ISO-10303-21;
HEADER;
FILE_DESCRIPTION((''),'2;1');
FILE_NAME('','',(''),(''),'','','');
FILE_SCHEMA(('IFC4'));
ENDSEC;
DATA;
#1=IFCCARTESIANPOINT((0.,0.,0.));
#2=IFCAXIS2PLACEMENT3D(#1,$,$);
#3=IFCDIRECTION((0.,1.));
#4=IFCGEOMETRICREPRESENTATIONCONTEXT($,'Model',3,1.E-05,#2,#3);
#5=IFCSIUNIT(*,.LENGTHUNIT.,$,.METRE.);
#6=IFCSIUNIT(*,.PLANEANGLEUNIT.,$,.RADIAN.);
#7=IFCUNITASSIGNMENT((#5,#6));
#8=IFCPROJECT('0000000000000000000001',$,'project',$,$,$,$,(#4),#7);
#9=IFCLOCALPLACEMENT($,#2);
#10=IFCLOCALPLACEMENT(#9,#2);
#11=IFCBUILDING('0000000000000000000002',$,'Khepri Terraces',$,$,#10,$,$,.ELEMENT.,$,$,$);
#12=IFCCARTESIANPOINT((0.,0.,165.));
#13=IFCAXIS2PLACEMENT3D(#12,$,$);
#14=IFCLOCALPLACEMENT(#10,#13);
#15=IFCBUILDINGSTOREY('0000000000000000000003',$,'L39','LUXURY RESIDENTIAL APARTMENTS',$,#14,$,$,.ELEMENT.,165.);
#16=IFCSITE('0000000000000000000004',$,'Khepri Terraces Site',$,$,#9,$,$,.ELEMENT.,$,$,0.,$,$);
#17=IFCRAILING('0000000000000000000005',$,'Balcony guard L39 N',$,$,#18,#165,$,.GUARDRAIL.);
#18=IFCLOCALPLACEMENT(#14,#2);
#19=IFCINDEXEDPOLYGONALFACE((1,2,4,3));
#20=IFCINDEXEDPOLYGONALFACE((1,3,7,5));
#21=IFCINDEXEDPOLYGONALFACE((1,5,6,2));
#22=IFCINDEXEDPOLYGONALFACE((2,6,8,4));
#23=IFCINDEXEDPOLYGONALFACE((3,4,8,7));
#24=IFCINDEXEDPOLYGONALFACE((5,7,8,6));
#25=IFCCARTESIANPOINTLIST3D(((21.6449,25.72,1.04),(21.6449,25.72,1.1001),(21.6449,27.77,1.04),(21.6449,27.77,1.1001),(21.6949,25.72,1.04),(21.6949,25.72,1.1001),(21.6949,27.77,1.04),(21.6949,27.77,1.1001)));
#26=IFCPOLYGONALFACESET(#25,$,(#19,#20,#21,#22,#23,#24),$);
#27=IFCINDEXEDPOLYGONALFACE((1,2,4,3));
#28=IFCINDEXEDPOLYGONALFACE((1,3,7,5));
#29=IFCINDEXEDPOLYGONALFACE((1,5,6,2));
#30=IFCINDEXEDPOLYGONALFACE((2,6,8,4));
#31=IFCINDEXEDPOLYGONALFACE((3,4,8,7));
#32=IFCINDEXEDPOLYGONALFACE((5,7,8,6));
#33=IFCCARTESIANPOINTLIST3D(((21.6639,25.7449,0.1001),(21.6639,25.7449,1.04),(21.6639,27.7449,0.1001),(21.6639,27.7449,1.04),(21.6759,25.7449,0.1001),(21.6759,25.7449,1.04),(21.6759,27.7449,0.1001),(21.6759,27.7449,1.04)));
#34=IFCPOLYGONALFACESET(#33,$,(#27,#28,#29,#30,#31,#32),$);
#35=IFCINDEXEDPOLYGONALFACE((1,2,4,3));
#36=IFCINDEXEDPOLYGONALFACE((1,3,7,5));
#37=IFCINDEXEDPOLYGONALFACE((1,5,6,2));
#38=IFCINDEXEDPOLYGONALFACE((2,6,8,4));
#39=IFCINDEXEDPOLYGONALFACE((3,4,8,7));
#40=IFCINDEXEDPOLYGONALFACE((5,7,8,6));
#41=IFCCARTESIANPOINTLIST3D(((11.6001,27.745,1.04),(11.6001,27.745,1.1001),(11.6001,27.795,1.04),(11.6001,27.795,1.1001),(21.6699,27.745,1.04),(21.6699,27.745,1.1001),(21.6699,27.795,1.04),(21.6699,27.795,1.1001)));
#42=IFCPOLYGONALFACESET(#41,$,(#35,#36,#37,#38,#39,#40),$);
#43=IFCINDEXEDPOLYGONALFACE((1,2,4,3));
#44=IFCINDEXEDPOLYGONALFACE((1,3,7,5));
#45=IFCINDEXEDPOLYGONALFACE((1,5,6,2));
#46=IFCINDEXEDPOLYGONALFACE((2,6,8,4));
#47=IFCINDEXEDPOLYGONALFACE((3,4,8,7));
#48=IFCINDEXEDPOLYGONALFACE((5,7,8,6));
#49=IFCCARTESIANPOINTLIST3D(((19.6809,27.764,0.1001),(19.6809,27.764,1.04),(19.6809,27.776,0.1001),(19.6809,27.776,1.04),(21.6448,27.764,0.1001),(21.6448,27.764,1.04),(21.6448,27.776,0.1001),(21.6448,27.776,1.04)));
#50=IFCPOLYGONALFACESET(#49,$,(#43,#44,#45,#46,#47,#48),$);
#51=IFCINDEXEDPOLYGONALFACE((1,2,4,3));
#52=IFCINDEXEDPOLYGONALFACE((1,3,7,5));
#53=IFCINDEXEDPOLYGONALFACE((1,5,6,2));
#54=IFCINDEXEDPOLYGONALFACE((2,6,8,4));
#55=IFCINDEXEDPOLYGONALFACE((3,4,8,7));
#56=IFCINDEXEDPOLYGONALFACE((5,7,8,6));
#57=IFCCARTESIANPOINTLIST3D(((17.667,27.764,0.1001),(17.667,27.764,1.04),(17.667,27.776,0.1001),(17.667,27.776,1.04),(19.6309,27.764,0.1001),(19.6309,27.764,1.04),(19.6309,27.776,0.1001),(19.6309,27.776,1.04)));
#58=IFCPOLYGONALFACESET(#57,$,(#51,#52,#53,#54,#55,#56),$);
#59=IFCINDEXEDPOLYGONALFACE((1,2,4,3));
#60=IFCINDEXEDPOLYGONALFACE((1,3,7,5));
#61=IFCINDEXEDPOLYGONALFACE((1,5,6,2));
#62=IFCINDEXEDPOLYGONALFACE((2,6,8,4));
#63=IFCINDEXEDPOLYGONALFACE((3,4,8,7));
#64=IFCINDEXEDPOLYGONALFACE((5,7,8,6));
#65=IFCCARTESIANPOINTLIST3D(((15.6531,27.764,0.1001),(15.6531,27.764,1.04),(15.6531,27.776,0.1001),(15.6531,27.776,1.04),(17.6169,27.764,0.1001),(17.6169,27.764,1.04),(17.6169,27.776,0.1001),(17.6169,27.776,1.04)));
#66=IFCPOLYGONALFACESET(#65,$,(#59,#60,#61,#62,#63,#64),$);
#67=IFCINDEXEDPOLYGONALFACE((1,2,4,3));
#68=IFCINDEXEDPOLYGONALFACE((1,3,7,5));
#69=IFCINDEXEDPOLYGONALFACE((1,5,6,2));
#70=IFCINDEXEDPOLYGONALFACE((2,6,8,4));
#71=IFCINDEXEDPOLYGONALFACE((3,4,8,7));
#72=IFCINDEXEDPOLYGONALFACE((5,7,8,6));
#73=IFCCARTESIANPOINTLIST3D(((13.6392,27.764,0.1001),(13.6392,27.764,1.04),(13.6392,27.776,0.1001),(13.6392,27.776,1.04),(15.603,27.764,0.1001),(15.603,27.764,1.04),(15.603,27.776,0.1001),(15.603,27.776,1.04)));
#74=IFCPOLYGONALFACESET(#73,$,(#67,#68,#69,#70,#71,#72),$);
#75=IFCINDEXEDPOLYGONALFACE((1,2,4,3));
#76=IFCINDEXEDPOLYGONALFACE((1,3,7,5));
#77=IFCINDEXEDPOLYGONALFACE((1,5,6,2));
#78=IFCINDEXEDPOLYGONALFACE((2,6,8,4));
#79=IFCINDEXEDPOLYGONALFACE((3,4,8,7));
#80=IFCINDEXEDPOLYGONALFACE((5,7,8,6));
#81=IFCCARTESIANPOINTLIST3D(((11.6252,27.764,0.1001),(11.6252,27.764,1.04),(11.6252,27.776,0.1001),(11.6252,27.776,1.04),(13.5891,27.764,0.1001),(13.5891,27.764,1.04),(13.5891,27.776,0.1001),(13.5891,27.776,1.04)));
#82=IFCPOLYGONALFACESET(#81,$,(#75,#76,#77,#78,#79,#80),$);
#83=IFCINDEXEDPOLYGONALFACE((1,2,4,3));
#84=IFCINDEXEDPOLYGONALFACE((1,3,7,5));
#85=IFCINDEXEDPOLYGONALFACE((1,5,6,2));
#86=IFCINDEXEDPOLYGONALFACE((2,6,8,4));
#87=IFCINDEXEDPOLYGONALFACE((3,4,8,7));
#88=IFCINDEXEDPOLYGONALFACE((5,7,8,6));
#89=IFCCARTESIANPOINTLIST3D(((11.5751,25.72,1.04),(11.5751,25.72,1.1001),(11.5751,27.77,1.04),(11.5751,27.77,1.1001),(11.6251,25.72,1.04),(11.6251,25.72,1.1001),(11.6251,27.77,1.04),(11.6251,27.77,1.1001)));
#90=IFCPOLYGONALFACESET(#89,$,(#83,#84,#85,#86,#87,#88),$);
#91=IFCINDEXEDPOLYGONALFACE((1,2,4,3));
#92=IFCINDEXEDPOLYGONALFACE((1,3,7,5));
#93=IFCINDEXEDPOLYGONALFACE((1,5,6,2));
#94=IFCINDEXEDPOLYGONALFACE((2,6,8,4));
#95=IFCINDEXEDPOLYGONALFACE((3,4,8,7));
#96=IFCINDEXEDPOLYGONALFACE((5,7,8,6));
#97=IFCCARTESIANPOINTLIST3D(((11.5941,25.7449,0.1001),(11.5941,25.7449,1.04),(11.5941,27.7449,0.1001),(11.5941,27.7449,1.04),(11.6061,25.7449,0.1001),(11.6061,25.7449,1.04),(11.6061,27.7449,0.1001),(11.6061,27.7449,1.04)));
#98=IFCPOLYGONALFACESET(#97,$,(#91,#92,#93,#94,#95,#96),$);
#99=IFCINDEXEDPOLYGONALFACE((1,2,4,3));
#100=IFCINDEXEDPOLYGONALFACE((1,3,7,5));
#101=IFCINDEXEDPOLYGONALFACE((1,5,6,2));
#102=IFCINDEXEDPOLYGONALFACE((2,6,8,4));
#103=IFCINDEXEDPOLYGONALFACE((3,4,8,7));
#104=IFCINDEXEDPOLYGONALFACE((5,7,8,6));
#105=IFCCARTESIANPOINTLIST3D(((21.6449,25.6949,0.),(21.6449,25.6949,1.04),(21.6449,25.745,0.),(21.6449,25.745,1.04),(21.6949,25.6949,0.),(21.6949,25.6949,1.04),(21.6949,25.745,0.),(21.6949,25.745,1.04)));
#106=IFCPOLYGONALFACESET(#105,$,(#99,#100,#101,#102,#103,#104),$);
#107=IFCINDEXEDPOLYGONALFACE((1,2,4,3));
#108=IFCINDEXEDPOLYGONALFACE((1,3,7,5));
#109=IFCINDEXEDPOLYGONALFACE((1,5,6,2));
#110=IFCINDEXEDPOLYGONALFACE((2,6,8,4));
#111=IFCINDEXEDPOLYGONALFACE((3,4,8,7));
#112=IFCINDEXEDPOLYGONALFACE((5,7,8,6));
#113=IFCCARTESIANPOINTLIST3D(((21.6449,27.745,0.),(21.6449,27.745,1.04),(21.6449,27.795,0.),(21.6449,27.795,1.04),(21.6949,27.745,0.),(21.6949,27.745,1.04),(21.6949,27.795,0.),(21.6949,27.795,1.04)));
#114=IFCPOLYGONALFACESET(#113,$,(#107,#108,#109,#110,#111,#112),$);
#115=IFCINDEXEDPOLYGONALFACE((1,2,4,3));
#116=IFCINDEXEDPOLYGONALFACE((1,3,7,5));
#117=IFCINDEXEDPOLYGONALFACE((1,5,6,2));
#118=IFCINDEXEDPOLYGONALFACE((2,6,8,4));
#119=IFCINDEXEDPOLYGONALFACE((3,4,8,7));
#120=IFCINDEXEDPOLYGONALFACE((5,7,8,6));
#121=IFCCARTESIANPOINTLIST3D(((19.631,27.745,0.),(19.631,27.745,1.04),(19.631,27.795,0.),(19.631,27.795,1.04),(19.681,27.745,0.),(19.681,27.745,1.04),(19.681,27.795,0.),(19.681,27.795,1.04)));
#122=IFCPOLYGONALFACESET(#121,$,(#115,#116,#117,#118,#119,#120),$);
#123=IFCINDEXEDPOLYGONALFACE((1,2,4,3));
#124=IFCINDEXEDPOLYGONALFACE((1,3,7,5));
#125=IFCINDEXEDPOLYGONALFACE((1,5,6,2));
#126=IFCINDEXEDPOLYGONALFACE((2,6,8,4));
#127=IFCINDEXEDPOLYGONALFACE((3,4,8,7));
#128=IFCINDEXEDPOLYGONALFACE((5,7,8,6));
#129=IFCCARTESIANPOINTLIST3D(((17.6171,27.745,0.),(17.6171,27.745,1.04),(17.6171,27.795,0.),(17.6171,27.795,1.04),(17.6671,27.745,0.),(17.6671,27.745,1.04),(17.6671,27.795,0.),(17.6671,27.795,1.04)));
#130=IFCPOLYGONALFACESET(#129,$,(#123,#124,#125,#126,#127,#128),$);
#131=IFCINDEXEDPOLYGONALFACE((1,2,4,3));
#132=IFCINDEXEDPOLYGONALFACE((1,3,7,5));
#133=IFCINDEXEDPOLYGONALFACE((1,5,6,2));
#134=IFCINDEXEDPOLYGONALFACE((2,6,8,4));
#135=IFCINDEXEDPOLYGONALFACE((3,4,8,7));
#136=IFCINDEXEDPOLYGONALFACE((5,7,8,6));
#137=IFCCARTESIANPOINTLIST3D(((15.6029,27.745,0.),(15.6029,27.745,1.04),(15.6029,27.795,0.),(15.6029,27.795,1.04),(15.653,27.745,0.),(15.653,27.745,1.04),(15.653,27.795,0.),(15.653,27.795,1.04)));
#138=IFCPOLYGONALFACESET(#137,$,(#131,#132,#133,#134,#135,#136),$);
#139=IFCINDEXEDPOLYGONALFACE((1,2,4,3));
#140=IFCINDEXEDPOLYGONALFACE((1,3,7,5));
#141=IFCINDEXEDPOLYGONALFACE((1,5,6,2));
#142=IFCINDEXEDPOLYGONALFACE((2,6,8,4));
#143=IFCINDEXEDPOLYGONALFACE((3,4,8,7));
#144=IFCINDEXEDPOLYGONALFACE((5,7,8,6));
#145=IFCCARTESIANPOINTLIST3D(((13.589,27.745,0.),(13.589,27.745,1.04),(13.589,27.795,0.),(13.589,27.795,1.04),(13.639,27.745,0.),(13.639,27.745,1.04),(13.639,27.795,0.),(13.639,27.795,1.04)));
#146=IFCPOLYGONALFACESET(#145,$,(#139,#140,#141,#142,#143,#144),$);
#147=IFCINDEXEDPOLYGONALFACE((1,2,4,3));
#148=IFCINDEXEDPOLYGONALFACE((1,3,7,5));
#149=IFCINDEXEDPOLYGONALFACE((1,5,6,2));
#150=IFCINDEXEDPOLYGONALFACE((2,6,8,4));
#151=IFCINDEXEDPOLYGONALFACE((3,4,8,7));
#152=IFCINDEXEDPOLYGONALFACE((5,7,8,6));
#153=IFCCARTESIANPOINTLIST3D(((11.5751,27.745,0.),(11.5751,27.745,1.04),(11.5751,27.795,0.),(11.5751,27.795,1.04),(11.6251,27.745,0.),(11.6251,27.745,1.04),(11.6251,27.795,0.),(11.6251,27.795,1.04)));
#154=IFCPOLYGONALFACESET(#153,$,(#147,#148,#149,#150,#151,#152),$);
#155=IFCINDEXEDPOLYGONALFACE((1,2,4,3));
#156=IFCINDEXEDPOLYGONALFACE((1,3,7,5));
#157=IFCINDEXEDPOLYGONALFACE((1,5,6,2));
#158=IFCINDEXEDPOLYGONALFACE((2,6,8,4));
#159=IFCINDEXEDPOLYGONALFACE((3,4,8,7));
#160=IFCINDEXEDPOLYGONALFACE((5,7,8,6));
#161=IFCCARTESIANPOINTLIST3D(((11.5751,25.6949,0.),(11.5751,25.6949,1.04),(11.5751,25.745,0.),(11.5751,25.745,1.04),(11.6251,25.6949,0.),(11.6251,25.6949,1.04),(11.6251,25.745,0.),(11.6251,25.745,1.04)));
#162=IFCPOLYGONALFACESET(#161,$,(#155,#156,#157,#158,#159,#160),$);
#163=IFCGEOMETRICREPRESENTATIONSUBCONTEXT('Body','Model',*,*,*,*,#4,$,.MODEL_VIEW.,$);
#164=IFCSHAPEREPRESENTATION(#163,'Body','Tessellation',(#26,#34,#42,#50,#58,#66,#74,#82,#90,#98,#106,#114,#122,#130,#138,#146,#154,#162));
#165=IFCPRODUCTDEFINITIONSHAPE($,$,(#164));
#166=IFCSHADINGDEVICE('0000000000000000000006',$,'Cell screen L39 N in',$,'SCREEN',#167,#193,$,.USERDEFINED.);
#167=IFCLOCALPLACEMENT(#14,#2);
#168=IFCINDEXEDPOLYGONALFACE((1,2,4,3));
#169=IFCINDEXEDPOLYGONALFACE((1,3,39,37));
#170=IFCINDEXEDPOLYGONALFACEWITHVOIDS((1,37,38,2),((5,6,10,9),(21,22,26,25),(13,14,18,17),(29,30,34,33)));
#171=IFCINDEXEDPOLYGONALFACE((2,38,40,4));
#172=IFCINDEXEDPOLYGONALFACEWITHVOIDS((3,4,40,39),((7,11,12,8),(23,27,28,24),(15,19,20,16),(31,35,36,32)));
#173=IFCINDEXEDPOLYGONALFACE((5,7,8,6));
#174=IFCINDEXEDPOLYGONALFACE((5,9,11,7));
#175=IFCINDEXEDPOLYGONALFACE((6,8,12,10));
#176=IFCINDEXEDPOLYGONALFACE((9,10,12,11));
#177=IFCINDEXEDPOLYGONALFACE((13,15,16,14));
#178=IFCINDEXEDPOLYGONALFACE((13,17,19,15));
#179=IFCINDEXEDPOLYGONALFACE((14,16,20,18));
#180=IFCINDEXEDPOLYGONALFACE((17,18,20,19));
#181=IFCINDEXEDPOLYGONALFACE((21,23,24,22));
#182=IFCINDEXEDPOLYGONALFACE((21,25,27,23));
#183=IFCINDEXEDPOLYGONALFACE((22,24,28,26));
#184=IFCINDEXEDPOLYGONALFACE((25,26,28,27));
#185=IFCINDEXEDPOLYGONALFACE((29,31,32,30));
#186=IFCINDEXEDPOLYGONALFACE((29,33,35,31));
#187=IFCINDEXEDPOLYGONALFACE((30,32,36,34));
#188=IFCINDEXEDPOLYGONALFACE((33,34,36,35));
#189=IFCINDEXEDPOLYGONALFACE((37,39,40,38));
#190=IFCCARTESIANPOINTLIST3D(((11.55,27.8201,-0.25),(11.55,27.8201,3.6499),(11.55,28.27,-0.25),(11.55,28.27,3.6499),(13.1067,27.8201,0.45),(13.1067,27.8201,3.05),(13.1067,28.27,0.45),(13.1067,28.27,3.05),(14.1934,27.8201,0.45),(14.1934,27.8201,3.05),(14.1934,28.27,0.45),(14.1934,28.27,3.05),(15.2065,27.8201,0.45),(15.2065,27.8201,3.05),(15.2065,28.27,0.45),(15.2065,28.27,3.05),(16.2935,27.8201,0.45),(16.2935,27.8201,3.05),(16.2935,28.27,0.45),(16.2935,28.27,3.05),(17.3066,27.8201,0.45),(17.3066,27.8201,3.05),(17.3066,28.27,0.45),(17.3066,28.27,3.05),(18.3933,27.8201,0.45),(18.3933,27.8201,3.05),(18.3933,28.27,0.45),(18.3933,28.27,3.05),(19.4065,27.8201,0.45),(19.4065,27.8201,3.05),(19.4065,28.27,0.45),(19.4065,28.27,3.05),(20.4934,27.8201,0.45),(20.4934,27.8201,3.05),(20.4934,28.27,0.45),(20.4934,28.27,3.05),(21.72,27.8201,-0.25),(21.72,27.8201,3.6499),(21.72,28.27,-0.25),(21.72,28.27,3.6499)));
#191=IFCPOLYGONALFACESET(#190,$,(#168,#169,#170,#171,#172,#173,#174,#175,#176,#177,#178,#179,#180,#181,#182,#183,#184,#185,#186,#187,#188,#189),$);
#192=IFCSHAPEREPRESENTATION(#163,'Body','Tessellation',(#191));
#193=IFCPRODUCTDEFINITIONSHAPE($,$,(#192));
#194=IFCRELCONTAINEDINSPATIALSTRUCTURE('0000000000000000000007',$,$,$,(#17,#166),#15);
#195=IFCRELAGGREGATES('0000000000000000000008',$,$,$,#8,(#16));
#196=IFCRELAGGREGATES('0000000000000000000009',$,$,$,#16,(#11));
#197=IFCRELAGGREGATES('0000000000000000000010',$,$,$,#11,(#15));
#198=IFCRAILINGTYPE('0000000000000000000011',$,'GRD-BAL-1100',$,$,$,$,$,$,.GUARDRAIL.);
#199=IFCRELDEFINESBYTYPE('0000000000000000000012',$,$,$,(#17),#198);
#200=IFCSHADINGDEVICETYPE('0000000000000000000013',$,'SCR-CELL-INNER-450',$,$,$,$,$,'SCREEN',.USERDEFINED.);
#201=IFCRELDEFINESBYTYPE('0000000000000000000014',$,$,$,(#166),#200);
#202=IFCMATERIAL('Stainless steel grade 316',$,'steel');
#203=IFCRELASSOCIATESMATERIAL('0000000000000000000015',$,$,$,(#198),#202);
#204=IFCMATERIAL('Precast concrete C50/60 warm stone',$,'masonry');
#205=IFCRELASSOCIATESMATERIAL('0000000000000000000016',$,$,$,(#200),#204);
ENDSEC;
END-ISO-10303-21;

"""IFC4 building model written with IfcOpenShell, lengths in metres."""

from ifc_helpers import new_model, si_unit, direction, frame, origin, origin_2d, place, context, subcontext, project, spatial, polyline, rectangle, outline, extrude, material, type_object, element, save


model = new_model("IFC4")

# Units and contexts
model_context = context("Model", 3, precision=1e-05, world=origin(), true_north=direction((0.0, 1.0)))
body_context = subcontext(model_context, "Body", "Model", "MODEL_VIEW")
ifc_project = project(units=[si_unit("LENGTHUNIT", "METRE"), si_unit("PLANEANGLEUNIT", "RADIAN")], contexts=[model_context])

# Site, building, storey
site_placement = place(None, origin())
site = spatial("IfcSite", under=ifc_project, at=site_placement, Name="Khepri Terraces Site", CompositionType="ELEMENT", RefElevation=0.0)
building_placement = place(site_placement, origin())
building = spatial("IfcBuilding", under=site, at=building_placement, Name="Khepri Terraces", CompositionType="ELEMENT")
storey_placement = place(building_placement, frame((0.0, 0.0, 165.0)))
storey = spatial("IfcBuildingStorey", under=building, at=storey_placement, Name="L39", Description="LUXURY RESIDENTIAL APARTMENTS", CompositionType="ELEMENT", Elevation=165.0)

# Shared definitions
ifc_material_1 = material(Name="Precast concrete C50/60 warm stone", Category="masonry")

# Railing
ifc_material_2 = material(Name="Stainless steel grade 316", Category="steel")
railing_type = type_object("IfcRailingType", Name="GRD-BAL-1100", PredefinedType="GUARDRAIL", material=ifc_material_2)
railing_placement = place(storey_placement, frame((21.6699, 25.72, 0.0)))
element("IfcRailing", 1, at=railing_placement, inside=storey, type_object=railing_type, Name="Balcony guard L39 N", PredefinedType="GUARDRAIL", context=body_context, shape_type="SweptSolid", body=[
    extrude(rectangle(XDim=0.05, YDim=0.0601, at=origin_2d()), frame((0.0, 0.0, 1.0701), z_axis=(0.0, 1.0, 0.0), x_axis=(-1.0, 0.0, 0.0)), (0.0, 0.0, 1.0), 2.05),
    extrude(rectangle(XDim=2.0, YDim=0.012, at=origin_2d()), frame((0.0, 1.0249, 0.1001), z_axis=(0.0, 0.0, 1.0), x_axis=(0.0, 1.0, 0.0)), (0.0, 0.0, 1.0), 0.9399),
    extrude(rectangle(XDim=0.05, YDim=0.0601, at=origin_2d()), frame((0.0, 2.05, 1.0701), z_axis=(-1.0, 0.0, 0.0), x_axis=(0.0, -1.0, 0.0)), (0.0, 0.0, 1.0), 10.0698),
    extrude(rectangle(XDim=1.9639, YDim=0.012, at=origin_2d()), frame((-1.0071, 2.05, 0.1001), z_axis=(0.0, 0.0, 1.0), x_axis=(-1.0, 0.0, 0.0)), (0.0, 0.0, 1.0), 0.9399),
    extrude(rectangle(XDim=1.9639, YDim=0.012, at=origin_2d()), frame((-3.021, 2.05, 0.1001), z_axis=(0.0, 0.0, 1.0), x_axis=(-1.0, 0.0, 0.0)), (0.0, 0.0, 1.0), 0.9399),
    extrude(rectangle(XDim=1.9639, YDim=0.012, at=origin_2d()), frame((-5.0349, 2.05, 0.1001), z_axis=(0.0, 0.0, 1.0), x_axis=(-1.0, 0.0, 0.0)), (0.0, 0.0, 1.0), 0.9399),
    extrude(rectangle(XDim=1.9639, YDim=0.012, at=origin_2d()), frame((-7.0488, 2.05, 0.1001), z_axis=(0.0, 0.0, 1.0), x_axis=(-1.0, 0.0, 0.0)), (0.0, 0.0, 1.0), 0.9399),
    extrude(rectangle(XDim=1.9639, YDim=0.012, at=origin_2d()), frame((-9.0627, 2.05, 0.1001), z_axis=(0.0, 0.0, 1.0), x_axis=(-1.0, 0.0, 0.0)), (0.0, 0.0, 1.0), 0.9399),
    extrude(rectangle(XDim=0.05, YDim=0.0601, at=origin_2d()), frame((-10.0698, 2.05, 1.0701), z_axis=(0.0, -1.0, 0.0), x_axis=(1.0, 0.0, 0.0)), (0.0, 0.0, 1.0), 2.05),
    extrude(rectangle(XDim=2.0, YDim=0.012, at=origin_2d()), frame((-10.0698, 1.0249, 0.1001), z_axis=(0.0, 0.0, 1.0), x_axis=(0.0, -1.0, 0.0)), (0.0, 0.0, 1.0), 0.9399),
    extrude(rectangle(XDim=0.05, YDim=0.05, at=origin_2d()), origin(), (0.0, 0.0, 1.0), 1.04),
    extrude(rectangle(XDim=0.05, YDim=0.05, at=origin_2d()), frame((0.0, 2.05, 0.0)), (0.0, 0.0, 1.0), 1.04),
    extrude(rectangle(XDim=0.05, YDim=0.05, at=origin_2d()), frame((-2.0139, 2.05, 0.0)), (0.0, 0.0, 1.0), 1.04),
    extrude(rectangle(XDim=0.05, YDim=0.05, at=origin_2d()), frame((-4.0278, 2.05, 0.0)), (0.0, 0.0, 1.0), 1.04),
    extrude(rectangle(XDim=0.05, YDim=0.05, at=origin_2d()), frame((-6.042, 2.05, 0.0)), (0.0, 0.0, 1.0), 1.04),
    extrude(rectangle(XDim=0.05, YDim=0.05, at=origin_2d()), frame((-8.0559, 2.05, 0.0)), (0.0, 0.0, 1.0), 1.04),
    extrude(rectangle(XDim=0.05, YDim=0.05, at=origin_2d()), frame((-10.0698, 2.05, 0.0)), (0.0, 0.0, 1.0), 1.04),
    extrude(rectangle(XDim=0.05, YDim=0.05, at=origin_2d()), frame((-10.0698, 0.0, 0.0)), (0.0, 0.0, 1.0), 1.04),
])

# Shading device
shading_device_type_1 = type_object("IfcShadingDeviceType", Name="SCR-CELL-INNER-450", ElementType="SCREEN", PredefinedType="USERDEFINED", material=ifc_material_1)
shading_device_1_placement = place(storey_placement, frame((21.72, 27.8201, -0.25), z_axis=(0.0, 1.0, 0.0), x_axis=(-1.0, 0.0, 0.0)))
element("IfcShadingDevice", 2, at=shading_device_1_placement, inside=storey, type_object=shading_device_type_1, Name="Cell screen L39 N in", ObjectType="SCREEN", PredefinedType="USERDEFINED", context=body_context, shape_type="SweptSolid", body=[
    extrude(outline(polyline([(0.0, 0.0), (10.1699, 0.0), (10.1699, 3.8999), (0.0, 3.8999), (0.0, 0.0)]), holes=[polyline([(1.2266, 0.7), (2.3135, 0.7), (2.3135, 3.3), (1.2266, 3.3), (1.2266, 0.7)]), polyline([(3.3267, 0.7), (4.4133, 0.7), (4.4133, 3.3), (3.3267, 3.3), (3.3267, 0.7)]), polyline([(5.4265, 0.7), (6.5134, 0.7), (6.5134, 3.3), (5.4265, 3.3), (5.4265, 0.7)]), polyline([(7.5266, 0.7), (8.6133, 0.7), (8.6133, 3.3), (7.5266, 3.3), (7.5266, 0.7)])]), origin(), (0.0, 0.0, 1.0), 0.45),
])

save(model, "model.ifc")
